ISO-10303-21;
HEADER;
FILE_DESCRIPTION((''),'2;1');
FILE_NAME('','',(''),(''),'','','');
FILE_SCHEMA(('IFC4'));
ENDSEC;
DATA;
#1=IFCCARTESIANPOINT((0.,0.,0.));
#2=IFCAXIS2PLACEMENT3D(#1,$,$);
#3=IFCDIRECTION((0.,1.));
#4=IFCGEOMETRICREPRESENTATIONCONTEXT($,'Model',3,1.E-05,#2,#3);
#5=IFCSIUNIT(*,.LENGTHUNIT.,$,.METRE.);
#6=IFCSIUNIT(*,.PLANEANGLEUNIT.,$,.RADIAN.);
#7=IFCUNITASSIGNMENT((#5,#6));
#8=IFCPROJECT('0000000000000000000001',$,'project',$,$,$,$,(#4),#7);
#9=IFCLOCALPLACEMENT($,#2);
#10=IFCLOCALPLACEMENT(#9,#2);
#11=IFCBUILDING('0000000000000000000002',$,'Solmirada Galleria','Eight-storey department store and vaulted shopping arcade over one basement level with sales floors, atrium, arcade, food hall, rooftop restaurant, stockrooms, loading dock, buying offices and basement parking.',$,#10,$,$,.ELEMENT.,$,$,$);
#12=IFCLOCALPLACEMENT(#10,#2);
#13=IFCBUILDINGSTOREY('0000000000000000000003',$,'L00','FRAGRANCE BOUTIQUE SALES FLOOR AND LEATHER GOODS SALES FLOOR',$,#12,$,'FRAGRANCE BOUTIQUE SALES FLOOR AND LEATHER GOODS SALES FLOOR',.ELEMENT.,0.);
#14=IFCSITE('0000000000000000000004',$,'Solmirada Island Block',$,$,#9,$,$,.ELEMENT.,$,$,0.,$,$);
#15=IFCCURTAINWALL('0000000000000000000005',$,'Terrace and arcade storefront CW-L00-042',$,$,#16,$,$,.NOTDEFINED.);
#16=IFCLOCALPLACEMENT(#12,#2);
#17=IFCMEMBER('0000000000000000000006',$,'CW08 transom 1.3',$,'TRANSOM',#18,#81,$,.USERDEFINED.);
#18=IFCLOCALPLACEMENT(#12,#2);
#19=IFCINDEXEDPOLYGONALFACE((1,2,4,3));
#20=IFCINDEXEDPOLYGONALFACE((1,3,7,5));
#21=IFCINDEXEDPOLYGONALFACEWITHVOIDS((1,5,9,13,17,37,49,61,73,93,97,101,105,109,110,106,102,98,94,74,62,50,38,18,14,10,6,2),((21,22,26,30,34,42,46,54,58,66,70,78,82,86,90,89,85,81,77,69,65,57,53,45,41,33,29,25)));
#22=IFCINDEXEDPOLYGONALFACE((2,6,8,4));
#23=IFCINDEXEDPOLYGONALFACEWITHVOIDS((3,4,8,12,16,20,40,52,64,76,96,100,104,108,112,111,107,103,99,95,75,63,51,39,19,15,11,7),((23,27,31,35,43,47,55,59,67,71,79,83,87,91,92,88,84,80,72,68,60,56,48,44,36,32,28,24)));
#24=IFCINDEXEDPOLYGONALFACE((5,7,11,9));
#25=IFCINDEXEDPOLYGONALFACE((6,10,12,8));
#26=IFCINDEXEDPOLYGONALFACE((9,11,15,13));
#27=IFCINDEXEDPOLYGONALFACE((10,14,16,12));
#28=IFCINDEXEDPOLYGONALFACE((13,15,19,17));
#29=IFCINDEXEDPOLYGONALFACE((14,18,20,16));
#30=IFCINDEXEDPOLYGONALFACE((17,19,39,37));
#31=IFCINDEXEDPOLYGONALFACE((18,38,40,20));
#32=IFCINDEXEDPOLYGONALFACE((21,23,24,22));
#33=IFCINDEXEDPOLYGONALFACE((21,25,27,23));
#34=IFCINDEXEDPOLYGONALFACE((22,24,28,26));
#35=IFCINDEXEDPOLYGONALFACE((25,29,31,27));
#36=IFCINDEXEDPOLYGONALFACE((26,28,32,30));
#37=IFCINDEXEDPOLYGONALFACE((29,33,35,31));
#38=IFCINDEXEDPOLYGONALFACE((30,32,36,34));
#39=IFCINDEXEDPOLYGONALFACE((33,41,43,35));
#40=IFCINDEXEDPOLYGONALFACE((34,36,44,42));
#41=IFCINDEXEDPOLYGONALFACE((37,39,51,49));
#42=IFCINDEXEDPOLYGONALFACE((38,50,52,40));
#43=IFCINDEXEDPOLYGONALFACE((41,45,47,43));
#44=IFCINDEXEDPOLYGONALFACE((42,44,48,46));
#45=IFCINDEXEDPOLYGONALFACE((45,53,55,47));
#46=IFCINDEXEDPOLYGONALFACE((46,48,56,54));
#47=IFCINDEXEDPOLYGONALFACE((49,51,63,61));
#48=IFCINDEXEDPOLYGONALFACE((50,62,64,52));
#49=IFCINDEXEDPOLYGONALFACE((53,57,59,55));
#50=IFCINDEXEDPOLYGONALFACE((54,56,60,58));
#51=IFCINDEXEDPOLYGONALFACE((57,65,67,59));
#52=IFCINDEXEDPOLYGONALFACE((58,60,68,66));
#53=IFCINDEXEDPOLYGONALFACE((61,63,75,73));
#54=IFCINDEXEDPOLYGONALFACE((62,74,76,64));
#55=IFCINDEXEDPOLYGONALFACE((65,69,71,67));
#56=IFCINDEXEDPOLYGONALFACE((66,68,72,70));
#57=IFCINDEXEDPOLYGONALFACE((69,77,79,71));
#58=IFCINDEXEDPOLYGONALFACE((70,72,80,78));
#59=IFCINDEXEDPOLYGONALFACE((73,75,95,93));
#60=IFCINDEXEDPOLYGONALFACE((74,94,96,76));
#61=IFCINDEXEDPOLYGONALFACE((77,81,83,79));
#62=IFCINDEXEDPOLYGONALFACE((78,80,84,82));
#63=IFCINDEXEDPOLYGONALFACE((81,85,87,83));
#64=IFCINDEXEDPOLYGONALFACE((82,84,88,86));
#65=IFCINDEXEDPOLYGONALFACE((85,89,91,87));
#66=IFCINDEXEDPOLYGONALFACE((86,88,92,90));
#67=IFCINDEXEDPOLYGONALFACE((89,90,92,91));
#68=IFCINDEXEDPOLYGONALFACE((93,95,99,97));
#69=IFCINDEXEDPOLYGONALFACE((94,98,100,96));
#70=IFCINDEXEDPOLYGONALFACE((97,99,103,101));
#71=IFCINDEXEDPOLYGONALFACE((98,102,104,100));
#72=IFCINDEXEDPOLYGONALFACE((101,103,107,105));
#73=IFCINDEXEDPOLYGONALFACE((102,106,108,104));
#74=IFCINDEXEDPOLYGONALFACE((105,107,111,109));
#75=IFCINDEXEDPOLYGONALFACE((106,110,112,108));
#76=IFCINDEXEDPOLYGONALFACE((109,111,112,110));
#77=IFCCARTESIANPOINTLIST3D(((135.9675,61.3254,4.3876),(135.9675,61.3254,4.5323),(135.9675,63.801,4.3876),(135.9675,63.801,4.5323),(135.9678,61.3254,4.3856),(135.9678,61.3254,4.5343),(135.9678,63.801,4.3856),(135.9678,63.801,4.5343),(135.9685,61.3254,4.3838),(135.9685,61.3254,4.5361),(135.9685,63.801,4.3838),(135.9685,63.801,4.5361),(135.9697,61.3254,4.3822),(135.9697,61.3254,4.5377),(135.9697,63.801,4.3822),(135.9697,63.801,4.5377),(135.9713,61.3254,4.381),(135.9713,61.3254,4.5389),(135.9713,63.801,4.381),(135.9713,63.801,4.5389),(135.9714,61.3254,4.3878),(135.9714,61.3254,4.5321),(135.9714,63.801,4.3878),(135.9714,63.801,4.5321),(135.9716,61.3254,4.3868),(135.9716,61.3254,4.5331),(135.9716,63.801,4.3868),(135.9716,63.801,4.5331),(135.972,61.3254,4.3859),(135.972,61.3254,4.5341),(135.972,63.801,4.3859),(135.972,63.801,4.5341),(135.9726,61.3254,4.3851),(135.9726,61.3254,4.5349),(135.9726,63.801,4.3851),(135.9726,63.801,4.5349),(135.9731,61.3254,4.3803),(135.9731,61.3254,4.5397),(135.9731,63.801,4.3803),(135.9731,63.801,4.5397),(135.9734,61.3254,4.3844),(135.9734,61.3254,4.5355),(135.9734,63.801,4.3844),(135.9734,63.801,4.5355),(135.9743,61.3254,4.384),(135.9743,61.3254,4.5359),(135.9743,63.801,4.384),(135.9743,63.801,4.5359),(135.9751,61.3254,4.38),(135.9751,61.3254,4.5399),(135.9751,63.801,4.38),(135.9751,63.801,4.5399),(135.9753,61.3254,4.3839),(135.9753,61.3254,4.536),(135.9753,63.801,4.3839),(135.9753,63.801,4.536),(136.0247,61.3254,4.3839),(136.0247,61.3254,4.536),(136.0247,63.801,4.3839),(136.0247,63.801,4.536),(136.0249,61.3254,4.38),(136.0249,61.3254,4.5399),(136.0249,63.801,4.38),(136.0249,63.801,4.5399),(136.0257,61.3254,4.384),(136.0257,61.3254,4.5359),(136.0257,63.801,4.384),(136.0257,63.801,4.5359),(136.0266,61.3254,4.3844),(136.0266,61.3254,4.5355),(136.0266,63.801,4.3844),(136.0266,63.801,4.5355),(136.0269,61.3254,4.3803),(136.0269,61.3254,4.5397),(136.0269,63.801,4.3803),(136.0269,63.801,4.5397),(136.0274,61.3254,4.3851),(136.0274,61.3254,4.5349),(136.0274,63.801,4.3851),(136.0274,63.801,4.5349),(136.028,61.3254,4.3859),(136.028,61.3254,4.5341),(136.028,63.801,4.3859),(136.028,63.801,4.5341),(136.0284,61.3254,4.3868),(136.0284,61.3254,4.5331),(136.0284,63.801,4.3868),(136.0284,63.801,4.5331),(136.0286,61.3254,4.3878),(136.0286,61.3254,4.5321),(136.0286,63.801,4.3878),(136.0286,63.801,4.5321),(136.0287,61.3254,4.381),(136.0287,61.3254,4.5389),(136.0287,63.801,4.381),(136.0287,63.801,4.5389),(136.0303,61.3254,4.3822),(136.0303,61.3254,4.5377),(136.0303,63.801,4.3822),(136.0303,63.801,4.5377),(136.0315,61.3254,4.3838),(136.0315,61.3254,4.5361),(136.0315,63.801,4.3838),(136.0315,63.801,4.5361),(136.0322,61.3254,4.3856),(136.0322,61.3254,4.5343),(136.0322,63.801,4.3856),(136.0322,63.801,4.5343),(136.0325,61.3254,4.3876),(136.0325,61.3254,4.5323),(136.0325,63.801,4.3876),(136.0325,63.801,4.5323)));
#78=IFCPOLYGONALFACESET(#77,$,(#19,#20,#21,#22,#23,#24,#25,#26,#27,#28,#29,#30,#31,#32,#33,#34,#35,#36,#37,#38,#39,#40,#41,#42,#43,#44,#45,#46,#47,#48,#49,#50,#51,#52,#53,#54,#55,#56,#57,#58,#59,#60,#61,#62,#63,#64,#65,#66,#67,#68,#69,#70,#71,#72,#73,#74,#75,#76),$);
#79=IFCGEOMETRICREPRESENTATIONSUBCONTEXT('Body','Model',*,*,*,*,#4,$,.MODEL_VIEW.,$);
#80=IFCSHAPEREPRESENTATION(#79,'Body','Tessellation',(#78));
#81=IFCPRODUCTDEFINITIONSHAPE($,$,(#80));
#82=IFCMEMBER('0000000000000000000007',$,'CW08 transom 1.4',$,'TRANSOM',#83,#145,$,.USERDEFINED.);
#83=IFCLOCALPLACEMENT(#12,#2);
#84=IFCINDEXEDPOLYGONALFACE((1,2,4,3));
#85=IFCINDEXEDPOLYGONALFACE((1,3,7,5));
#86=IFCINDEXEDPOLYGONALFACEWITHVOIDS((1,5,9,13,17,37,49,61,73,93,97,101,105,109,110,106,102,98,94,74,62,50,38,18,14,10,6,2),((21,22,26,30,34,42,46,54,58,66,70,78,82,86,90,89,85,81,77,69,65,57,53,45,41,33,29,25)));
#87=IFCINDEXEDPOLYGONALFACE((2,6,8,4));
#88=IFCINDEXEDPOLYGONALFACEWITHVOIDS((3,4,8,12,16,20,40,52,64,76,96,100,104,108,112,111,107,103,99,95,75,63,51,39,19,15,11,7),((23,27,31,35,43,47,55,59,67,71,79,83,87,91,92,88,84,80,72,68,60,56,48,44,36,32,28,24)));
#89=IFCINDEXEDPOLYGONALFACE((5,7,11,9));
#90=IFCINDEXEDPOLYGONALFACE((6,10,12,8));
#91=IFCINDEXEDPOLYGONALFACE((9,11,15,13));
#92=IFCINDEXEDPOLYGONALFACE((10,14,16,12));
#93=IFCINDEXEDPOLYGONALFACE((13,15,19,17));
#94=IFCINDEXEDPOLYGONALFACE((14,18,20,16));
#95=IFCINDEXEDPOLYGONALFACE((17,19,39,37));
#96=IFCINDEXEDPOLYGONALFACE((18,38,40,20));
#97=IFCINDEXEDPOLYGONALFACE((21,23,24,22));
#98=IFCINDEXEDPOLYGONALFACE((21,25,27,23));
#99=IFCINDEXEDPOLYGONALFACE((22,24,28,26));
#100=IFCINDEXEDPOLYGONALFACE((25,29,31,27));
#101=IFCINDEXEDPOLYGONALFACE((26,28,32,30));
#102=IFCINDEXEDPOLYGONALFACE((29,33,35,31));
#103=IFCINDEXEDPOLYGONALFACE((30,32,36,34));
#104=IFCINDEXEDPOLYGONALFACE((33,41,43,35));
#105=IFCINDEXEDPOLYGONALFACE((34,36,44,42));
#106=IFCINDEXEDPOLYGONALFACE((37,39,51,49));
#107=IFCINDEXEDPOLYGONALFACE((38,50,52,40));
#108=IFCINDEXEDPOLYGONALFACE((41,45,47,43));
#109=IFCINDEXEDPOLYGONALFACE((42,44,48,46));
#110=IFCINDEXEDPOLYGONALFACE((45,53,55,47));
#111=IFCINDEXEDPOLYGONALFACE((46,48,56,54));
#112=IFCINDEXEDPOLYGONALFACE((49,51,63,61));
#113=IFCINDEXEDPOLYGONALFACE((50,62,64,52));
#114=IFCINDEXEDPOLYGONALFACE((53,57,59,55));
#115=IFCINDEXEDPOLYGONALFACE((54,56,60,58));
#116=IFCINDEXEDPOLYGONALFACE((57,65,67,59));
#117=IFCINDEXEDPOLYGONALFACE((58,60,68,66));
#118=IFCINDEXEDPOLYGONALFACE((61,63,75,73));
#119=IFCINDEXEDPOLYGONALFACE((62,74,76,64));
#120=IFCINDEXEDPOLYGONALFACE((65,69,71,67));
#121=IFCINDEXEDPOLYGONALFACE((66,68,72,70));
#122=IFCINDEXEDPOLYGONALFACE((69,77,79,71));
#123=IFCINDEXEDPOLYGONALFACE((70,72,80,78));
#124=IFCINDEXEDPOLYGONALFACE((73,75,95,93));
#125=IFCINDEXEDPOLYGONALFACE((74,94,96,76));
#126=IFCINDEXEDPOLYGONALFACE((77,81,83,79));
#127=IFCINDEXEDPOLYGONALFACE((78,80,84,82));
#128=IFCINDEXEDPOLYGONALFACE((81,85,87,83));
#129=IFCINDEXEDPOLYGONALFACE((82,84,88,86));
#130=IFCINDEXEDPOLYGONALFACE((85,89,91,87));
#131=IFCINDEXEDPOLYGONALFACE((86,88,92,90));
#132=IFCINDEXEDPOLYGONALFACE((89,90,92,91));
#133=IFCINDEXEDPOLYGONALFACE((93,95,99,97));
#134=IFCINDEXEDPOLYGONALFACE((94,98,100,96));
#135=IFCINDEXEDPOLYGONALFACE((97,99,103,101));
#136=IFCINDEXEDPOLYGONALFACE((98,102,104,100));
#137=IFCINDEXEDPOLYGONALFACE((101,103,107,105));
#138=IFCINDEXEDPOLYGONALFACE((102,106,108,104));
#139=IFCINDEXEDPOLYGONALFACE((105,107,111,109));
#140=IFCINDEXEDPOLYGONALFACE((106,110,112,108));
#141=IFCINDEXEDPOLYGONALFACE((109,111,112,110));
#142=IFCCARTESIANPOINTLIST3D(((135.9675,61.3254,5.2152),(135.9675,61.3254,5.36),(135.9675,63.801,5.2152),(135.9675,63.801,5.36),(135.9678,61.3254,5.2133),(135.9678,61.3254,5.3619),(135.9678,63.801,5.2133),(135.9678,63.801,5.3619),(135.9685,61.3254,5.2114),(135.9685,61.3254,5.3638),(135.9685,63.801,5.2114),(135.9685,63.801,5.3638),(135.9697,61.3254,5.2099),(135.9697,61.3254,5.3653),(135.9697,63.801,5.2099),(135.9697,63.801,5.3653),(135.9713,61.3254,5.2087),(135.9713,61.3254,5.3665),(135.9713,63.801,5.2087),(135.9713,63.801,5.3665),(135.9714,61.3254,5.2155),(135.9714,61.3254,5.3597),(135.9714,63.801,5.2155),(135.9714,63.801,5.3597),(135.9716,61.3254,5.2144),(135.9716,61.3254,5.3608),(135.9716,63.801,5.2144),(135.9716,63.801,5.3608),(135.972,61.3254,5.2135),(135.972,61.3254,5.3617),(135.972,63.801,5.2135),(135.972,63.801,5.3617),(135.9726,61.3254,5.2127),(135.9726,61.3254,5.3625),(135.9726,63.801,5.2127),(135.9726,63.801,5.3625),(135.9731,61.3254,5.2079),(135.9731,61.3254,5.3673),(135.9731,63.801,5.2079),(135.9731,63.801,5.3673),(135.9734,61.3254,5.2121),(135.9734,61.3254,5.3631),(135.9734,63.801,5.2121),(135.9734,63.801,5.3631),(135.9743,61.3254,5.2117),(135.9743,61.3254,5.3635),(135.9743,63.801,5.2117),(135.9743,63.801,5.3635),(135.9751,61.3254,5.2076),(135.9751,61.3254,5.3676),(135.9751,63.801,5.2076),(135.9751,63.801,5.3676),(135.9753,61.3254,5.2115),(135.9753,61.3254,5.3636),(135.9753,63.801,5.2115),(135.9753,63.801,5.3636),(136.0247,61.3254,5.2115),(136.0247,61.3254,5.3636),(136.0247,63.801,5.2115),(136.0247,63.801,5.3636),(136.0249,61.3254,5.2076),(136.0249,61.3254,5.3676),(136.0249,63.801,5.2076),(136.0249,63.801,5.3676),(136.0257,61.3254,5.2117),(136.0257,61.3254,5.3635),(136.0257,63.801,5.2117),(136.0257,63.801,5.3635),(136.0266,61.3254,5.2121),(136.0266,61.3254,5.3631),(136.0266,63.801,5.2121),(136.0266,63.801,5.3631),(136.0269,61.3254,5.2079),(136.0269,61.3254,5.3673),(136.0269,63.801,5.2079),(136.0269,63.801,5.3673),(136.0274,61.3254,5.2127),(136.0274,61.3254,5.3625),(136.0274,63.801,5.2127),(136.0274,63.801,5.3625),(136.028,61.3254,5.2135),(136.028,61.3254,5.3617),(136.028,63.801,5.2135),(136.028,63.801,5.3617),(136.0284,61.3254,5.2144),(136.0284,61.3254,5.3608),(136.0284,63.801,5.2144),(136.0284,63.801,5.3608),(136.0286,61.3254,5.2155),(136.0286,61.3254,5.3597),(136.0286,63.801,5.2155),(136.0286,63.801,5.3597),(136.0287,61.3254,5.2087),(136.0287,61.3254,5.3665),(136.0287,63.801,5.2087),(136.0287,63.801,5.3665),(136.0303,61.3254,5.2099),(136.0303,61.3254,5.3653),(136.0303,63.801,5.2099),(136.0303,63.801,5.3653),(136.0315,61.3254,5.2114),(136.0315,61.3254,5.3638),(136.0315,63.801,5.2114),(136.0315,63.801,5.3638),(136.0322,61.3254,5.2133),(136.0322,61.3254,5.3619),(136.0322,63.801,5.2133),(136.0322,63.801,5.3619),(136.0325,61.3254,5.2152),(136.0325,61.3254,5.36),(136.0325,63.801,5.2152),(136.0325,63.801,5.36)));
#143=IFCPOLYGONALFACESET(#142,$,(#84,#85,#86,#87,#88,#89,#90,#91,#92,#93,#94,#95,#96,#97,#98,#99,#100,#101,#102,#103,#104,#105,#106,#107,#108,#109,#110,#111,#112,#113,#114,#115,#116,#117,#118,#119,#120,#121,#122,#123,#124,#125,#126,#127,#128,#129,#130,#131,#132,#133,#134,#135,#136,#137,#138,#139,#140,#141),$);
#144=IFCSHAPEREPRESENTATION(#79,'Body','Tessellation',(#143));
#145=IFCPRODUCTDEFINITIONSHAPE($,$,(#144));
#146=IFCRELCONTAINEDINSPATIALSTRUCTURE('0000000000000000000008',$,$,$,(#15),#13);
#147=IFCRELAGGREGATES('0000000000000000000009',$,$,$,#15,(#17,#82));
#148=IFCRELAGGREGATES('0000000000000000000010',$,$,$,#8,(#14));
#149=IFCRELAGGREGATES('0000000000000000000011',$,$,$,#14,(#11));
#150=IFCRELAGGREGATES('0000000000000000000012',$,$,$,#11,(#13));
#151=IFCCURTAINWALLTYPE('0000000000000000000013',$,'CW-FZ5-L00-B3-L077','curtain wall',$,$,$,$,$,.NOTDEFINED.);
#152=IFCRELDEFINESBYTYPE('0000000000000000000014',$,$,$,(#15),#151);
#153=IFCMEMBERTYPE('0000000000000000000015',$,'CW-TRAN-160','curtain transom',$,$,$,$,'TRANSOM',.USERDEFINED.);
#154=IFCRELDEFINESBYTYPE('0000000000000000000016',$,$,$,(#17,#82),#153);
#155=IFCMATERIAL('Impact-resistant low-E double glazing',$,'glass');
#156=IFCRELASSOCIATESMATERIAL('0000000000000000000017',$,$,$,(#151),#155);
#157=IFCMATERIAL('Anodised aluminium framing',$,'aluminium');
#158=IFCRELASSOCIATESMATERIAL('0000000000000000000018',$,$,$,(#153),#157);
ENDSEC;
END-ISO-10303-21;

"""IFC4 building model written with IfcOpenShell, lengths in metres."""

from ifc_helpers import new_model, si_unit, direction, frame, origin, origin_2d, place, context, subcontext, project, spatial, hollow_rectangle, extrude, material, material_profile, profile_set, type_object, element, aggregate, save


model = new_model("IFC4")

# Units and contexts
model_context = context("Model", 3, precision=1e-05, world=origin(), true_north=direction((0.0, 1.0)))
body_context = subcontext(model_context, "Body", "Model", "MODEL_VIEW")
ifc_project = project(units=[si_unit("LENGTHUNIT", "METRE"), si_unit("PLANEANGLEUNIT", "RADIAN")], contexts=[model_context])

# Site, building, storey
site_placement = place(None, origin())
site = spatial("IfcSite", under=ifc_project, at=site_placement, Name="Solmirada Island Block", CompositionType="ELEMENT", RefElevation=0.0)
building_placement = place(site_placement, origin())
building = spatial("IfcBuilding", under=site, at=building_placement, Name="Solmirada Galleria", Description="Eight-storey department store and vaulted shopping arcade over one basement level with sales floors, atrium, arcade, food hall, rooftop restaurant, stockrooms, loading dock, buying offices and basement parking.", CompositionType="ELEMENT")
storey_placement = place(building_placement, origin())
storey = spatial("IfcBuildingStorey", under=building, at=storey_placement, Name="L00", Description="FRAGRANCE BOUTIQUE SALES FLOOR AND LEATHER GOODS SALES FLOOR", LongName="FRAGRANCE BOUTIQUE SALES FLOOR AND LEATHER GOODS SALES FLOOR", CompositionType="ELEMENT", Elevation=0.0)

# Curtain wall, members
ifc_material_1 = material(Name="Impact-resistant low-E double glazing", Category="glass")
curtain_wall_type = type_object("IfcCurtainWallType", Name="CW-FZ5-L00-B3-L077", Description="curtain wall", PredefinedType="NOTDEFINED", material=ifc_material_1)
curtain_wall_1_placement = place(storey_placement, origin())
curtain_wall_1 = element("IfcCurtainWall", 1, at=curtain_wall_1_placement, inside=storey, type_object=curtain_wall_type, Name="Terrace and arcade storefront CW-L00-042", PredefinedType="NOTDEFINED")
ifc_material_2 = material(Name="Anodised aluminium framing", Category="aluminium")
ifc_material_profile_1 = material_profile(ifc_material_2, hollow_rectangle(XDim=0.0649, YDim=0.1599, WallThickness=0.0039, InnerFilletRadius=0.0039, OuterFilletRadius=0.0076, at=origin_2d()), Name="ALU-TRAN-160X65")
ifc_profile_set_1 = profile_set([ifc_material_profile_1], Name="Anodised aluminium framing")
member_type_1 = type_object("IfcMemberType", Name="CW-TRAN-160", Description="curtain transom", ElementType="TRANSOM", PredefinedType="USERDEFINED", material=ifc_profile_set_1)
member_1_placement = place(storey_placement, frame((136.0, 63.801, 4.46), z_axis=(0.0, -1.0, 0.0), x_axis=(1.0, 0.0, 0.0)))
member_1 = element("IfcMember", 2, at=member_1_placement, type_object=member_type_1, Name="CW08 transom 1.3", ObjectType="TRANSOM", PredefinedType="USERDEFINED", context=body_context, shape_type="SweptSolid", body=[
    extrude(hollow_rectangle(XDim=0.0649, YDim=0.1599, WallThickness=0.0039, InnerFilletRadius=0.0039, OuterFilletRadius=0.0076, at=origin_2d()), origin(), (0.0, 0.0, 1.0), 2.4756),
])
member_2_placement = place(storey_placement, frame((136.0, 63.801, 5.2876), z_axis=(0.0, -1.0, 0.0), x_axis=(1.0, 0.0, 0.0)))
member_2 = element("IfcMember", 3, at=member_2_placement, type_object=member_type_1, Name="CW08 transom 1.4", ObjectType="TRANSOM", PredefinedType="USERDEFINED", context=body_context, shape_type="SweptSolid", body=[
    extrude(hollow_rectangle(XDim=0.0649, YDim=0.1599, WallThickness=0.0039, InnerFilletRadius=0.0039, OuterFilletRadius=0.0076, at=origin_2d()), origin(), (0.0, 0.0, 1.0), 2.4756),
])

aggregate(curtain_wall_1, [member_1, member_2])

save(model, "model.ifc")
